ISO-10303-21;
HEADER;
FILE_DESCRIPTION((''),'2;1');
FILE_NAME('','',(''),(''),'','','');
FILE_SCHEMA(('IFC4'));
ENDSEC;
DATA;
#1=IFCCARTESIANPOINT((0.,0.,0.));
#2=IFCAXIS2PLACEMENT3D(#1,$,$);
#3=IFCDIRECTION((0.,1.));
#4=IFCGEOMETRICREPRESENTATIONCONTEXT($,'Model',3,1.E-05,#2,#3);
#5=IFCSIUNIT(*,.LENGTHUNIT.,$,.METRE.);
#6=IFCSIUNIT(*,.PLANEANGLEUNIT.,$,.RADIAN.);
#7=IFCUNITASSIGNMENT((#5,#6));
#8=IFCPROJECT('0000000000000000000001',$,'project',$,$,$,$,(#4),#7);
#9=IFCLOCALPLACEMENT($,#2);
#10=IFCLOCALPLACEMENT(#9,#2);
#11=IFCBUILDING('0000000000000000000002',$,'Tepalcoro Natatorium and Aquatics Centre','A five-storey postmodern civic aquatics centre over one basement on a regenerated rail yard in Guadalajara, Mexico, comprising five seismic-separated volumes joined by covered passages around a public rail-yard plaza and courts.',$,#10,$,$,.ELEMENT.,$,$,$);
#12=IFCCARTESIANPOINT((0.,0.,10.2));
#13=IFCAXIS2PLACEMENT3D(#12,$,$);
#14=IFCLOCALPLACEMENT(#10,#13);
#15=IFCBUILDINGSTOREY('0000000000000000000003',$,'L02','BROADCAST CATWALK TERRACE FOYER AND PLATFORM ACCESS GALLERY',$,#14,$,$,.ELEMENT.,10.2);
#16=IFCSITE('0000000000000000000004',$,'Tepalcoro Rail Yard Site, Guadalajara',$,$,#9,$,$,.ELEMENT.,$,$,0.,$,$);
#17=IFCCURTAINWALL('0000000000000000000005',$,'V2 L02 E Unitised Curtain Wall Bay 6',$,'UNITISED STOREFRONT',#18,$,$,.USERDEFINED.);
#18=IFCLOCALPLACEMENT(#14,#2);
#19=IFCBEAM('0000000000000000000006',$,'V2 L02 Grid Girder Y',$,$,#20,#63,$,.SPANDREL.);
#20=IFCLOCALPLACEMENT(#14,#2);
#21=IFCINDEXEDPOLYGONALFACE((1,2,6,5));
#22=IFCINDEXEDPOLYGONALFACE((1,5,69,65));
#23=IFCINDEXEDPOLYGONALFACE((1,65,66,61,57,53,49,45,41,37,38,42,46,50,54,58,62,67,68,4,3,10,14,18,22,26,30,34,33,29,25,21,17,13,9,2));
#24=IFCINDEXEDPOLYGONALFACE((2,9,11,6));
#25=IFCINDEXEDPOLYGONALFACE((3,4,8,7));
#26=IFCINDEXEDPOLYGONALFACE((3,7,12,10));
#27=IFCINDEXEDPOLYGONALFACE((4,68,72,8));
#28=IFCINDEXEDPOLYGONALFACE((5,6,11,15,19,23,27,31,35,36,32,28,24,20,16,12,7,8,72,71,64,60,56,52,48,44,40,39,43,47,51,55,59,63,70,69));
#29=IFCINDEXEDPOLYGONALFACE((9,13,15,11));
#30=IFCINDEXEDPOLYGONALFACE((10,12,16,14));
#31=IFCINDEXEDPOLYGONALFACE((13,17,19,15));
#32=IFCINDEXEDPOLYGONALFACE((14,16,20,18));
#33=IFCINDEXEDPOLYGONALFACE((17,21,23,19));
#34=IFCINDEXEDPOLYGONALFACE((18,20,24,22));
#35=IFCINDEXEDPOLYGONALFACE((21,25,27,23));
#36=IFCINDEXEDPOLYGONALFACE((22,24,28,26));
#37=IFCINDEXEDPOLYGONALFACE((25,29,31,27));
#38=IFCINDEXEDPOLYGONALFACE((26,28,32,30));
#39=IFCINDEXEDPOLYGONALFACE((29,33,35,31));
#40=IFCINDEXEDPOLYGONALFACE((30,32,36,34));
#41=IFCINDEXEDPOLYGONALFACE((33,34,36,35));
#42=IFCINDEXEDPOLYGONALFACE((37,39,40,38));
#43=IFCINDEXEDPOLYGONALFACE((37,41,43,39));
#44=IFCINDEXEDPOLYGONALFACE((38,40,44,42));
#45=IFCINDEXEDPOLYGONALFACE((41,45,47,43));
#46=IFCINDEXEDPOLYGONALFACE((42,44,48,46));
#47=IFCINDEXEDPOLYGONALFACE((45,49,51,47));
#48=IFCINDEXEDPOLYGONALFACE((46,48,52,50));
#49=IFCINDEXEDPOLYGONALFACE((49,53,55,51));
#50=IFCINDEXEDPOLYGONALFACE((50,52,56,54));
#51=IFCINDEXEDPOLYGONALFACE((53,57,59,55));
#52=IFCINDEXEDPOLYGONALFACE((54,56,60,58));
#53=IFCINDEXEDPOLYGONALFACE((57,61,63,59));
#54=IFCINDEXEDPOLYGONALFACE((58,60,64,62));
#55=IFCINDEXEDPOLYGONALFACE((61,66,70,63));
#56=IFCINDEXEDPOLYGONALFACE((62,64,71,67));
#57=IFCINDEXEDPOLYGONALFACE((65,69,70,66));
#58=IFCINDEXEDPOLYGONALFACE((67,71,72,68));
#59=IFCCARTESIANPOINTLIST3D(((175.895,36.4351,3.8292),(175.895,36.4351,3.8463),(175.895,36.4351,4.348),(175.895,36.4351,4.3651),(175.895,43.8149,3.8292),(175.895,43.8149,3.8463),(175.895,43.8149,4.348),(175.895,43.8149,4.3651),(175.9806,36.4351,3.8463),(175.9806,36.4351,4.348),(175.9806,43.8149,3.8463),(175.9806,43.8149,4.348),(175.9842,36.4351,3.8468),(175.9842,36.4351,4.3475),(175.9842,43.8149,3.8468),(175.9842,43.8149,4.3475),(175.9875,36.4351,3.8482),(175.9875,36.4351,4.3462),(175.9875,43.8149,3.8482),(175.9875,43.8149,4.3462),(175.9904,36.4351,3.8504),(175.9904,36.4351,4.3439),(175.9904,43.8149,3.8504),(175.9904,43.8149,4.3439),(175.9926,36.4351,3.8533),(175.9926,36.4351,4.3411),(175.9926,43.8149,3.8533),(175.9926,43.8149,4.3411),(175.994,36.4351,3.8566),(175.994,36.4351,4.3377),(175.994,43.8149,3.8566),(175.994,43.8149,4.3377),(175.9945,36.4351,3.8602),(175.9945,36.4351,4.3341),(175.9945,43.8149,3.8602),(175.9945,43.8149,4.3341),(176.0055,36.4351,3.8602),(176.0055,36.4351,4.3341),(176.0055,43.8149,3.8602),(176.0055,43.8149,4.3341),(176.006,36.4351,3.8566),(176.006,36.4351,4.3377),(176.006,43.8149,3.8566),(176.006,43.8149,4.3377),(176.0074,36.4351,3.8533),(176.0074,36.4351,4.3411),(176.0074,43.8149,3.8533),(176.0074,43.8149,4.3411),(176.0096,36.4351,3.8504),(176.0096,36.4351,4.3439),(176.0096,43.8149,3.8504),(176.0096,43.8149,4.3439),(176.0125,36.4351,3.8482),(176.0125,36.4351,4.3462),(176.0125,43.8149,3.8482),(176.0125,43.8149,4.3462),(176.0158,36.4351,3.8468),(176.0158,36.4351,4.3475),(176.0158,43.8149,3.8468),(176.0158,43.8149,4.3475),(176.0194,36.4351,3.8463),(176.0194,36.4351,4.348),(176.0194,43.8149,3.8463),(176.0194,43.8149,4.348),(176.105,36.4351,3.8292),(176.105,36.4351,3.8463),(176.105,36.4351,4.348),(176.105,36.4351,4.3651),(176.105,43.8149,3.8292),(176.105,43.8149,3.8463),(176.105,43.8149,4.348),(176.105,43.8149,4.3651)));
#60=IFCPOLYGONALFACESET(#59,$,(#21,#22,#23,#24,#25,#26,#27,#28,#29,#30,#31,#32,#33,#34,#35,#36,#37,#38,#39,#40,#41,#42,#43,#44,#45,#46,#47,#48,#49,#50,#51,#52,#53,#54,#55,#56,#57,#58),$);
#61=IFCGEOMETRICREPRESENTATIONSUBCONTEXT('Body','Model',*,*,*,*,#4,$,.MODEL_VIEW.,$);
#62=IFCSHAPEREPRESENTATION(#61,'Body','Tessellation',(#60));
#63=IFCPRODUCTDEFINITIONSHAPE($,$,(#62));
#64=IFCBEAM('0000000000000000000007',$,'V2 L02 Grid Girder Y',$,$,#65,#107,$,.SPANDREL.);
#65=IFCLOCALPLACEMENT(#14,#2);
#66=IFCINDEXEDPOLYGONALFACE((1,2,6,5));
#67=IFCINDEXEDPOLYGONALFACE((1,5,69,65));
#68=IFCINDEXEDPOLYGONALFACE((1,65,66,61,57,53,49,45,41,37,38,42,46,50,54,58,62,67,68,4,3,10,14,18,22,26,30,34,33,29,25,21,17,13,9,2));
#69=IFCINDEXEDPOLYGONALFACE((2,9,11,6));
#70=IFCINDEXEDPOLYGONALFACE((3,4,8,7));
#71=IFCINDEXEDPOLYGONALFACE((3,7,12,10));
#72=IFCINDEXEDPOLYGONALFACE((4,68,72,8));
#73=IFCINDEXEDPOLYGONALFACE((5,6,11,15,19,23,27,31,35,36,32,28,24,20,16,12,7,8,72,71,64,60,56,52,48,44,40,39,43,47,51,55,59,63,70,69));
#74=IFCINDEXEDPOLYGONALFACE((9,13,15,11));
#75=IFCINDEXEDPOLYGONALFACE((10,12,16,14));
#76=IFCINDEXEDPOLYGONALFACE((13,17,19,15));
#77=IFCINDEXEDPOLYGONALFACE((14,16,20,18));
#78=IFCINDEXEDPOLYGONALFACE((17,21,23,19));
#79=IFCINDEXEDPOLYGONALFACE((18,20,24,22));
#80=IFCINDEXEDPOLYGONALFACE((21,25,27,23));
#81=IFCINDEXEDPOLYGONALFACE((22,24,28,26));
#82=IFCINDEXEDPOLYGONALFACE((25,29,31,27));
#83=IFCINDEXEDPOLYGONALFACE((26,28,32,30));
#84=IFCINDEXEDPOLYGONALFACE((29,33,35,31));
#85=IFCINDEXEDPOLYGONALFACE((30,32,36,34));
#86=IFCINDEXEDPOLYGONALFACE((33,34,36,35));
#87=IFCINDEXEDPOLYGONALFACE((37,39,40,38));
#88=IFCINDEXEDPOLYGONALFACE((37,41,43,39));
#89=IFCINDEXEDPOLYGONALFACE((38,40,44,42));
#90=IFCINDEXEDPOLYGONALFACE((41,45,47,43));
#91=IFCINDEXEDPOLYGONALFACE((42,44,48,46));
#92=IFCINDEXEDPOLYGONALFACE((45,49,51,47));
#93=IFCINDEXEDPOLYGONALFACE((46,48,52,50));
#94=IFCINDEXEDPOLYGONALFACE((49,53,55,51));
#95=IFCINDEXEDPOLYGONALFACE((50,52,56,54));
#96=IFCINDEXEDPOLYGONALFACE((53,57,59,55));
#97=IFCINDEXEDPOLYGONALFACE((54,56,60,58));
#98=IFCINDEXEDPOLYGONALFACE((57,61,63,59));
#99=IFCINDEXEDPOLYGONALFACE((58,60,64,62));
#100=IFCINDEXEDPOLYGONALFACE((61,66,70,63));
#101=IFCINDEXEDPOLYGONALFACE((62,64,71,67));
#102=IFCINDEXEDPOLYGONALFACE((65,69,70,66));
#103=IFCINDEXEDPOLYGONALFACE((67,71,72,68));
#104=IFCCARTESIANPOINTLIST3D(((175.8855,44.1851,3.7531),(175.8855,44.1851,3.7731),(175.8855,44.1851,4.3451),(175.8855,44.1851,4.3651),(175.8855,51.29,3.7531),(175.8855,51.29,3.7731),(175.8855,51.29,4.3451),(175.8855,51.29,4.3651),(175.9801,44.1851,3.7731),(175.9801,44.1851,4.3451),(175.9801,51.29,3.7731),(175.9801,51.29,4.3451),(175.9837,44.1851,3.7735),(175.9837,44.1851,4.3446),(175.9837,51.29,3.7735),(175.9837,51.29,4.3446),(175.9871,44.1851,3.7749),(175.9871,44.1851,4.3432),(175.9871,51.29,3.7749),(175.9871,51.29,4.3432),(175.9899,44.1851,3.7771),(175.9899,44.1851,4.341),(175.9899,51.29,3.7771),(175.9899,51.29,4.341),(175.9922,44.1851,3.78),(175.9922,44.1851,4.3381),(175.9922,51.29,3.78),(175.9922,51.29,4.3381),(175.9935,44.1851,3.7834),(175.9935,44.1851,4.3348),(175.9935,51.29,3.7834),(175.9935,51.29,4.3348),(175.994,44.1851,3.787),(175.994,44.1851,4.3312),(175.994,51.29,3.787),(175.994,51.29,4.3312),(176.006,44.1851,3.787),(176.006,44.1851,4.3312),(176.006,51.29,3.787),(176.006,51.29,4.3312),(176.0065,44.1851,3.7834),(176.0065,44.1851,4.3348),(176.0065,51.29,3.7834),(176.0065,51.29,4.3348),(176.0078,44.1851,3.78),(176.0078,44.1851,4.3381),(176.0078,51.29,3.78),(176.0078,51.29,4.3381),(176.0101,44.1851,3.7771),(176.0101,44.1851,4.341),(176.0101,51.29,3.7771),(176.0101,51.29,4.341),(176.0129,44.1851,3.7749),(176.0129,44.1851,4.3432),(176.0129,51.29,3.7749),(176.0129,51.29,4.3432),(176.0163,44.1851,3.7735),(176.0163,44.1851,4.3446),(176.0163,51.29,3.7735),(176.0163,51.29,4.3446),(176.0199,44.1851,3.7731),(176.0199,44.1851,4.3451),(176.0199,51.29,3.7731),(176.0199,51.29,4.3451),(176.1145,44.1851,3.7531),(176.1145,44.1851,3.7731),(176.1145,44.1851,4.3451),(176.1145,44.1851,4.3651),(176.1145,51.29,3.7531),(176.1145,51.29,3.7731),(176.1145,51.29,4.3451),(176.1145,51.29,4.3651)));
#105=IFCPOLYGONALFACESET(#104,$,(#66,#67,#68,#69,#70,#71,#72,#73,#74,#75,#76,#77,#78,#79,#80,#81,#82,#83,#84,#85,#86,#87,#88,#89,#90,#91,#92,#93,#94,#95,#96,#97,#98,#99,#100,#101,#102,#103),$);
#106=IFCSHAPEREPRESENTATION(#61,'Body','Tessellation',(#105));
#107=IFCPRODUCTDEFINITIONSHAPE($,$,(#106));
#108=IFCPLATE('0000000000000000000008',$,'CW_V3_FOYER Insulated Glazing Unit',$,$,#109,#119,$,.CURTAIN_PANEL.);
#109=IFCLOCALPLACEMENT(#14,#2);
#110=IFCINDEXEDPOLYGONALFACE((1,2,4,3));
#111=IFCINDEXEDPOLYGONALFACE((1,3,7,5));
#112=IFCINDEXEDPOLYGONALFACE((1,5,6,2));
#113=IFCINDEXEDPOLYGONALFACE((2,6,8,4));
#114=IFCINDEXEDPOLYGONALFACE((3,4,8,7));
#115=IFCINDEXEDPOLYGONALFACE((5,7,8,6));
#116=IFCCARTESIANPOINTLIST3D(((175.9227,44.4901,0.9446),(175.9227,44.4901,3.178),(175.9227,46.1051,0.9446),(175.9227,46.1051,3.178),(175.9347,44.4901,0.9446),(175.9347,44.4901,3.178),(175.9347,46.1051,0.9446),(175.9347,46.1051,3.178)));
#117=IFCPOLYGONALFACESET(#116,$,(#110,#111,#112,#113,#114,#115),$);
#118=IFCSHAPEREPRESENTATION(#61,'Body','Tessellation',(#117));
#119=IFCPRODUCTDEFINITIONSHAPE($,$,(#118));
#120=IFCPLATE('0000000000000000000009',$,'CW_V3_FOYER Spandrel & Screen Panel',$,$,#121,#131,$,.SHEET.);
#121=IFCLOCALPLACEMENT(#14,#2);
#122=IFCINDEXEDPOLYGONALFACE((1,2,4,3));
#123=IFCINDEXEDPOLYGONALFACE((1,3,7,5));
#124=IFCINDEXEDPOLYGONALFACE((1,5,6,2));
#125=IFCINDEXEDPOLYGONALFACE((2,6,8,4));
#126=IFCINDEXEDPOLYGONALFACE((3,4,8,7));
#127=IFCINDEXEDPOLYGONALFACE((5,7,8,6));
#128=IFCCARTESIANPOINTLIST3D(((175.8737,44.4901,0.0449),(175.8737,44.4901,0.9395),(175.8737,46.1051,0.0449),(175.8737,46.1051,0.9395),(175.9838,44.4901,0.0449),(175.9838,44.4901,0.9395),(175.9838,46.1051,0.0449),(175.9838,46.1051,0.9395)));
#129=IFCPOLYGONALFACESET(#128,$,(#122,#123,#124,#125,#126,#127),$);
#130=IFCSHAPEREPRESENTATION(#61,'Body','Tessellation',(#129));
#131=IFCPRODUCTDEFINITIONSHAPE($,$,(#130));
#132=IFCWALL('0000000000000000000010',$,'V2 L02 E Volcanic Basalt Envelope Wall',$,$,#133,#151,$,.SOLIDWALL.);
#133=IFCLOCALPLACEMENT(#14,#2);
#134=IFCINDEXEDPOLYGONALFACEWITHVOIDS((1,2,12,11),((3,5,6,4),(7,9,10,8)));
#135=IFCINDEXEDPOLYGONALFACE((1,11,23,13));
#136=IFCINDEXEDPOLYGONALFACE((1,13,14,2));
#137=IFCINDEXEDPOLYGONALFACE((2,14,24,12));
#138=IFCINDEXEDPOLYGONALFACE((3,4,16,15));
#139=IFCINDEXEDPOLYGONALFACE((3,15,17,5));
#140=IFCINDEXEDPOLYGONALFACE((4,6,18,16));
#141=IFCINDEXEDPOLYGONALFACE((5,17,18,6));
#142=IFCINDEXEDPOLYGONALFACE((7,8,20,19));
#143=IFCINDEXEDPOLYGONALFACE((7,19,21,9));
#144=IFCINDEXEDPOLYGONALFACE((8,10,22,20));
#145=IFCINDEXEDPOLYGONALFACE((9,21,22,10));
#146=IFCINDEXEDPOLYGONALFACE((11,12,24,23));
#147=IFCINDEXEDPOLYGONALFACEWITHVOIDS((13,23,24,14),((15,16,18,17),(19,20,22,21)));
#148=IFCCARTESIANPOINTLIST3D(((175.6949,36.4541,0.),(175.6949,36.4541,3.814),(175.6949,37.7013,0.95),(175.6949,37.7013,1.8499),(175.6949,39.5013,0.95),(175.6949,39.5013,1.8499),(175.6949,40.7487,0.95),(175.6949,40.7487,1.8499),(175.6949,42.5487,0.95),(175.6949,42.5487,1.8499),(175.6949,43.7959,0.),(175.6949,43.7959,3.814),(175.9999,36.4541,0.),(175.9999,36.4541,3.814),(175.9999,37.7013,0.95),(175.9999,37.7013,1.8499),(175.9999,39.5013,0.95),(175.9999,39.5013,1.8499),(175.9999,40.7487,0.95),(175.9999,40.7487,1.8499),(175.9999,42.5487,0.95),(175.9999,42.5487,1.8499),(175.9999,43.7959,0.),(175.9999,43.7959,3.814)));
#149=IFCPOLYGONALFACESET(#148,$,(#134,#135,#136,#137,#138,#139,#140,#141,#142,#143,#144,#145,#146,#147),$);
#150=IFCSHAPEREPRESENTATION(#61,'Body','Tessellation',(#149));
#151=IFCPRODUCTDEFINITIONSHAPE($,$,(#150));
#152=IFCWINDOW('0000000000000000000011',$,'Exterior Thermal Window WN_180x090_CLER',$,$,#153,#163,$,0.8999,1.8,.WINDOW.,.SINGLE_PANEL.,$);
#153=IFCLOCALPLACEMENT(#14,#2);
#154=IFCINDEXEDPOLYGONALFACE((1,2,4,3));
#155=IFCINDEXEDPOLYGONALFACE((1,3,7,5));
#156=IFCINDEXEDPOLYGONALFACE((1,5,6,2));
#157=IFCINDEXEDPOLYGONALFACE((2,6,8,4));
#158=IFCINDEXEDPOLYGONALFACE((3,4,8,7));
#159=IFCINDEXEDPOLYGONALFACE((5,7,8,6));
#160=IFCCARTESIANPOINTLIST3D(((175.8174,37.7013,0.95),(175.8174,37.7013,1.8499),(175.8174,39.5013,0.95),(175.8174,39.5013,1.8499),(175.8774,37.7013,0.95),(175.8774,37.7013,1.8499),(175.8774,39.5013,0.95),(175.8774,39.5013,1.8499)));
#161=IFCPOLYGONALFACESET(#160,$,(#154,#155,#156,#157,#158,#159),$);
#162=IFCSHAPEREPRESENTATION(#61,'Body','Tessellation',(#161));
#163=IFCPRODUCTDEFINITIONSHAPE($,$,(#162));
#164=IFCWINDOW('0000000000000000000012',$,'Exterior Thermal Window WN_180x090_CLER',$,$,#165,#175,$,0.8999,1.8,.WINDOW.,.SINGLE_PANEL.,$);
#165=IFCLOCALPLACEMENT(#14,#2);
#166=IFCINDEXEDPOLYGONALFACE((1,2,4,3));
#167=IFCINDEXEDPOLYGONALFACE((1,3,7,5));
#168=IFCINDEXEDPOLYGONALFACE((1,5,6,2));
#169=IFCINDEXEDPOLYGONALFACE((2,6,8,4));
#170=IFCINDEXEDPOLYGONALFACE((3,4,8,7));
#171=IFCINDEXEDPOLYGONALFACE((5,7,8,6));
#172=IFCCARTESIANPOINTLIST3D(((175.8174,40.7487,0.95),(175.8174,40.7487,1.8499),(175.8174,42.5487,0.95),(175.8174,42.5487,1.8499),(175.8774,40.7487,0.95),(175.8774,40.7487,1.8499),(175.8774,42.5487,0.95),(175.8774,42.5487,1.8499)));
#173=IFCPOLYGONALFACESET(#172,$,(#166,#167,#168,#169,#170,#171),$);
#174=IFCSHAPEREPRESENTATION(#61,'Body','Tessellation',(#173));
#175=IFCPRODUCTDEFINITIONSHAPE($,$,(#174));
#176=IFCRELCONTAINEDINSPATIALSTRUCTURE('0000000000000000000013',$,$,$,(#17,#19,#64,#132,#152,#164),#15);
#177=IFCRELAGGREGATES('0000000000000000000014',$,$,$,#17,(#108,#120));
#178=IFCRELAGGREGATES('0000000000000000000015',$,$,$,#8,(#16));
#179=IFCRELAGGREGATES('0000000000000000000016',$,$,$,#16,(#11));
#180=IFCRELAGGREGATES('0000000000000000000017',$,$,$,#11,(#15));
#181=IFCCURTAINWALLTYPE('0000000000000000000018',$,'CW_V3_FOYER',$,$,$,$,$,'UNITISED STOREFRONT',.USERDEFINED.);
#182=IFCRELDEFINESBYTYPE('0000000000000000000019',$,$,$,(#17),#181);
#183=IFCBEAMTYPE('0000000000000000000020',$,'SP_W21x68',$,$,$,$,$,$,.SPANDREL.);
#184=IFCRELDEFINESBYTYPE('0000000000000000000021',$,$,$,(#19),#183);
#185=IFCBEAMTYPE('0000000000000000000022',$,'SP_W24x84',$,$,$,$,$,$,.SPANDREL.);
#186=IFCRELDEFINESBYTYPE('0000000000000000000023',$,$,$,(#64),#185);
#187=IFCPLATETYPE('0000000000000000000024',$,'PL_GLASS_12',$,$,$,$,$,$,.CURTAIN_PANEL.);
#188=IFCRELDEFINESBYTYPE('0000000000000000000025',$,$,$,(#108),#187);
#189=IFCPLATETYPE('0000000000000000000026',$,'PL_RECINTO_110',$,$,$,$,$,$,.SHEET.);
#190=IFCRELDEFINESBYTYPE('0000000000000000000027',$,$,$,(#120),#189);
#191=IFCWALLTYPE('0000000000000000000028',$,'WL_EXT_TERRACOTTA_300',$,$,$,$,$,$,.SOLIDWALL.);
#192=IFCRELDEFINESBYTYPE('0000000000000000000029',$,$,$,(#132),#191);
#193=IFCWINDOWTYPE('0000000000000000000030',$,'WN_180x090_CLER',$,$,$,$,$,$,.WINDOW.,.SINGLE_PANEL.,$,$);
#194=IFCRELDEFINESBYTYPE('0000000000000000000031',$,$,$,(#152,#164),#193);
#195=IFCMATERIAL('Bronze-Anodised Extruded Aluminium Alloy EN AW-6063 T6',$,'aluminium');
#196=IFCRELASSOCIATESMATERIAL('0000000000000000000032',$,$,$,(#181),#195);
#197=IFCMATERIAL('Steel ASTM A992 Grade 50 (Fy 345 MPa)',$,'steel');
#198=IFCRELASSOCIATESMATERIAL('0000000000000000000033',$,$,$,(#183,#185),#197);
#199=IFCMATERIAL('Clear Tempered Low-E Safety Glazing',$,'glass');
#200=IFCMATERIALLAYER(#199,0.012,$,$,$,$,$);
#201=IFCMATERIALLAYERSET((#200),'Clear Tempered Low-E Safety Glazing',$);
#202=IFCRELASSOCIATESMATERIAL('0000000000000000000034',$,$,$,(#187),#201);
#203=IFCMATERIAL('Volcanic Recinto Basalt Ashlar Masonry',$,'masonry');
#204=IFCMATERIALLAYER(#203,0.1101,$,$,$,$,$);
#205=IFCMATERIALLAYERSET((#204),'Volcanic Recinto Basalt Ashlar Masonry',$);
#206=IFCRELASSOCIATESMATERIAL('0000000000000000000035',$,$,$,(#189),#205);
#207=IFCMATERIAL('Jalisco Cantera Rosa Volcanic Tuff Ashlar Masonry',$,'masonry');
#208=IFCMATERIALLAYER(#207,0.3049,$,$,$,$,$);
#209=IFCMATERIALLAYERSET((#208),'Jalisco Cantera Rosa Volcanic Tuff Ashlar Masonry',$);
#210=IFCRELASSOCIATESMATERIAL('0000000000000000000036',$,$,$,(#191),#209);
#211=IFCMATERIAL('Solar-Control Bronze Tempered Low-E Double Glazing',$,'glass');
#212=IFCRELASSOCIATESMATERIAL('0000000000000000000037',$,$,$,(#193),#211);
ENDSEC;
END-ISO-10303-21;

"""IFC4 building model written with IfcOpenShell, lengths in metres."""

from ifc_helpers import new_model, si_unit, direction, frame, frame_2d, origin, origin_2d, place, context, subcontext, project, spatial, rectangle, i_section, extrude, material, layer, layer_set, material_profile, profile_set, type_object, element, fill, aggregate, save


model = new_model("IFC4")

# Units and contexts
model_context = context("Model", 3, precision=1e-05, world=origin(), true_north=direction((0.0, 1.0)))
body_context = subcontext(model_context, "Body", "Model", "MODEL_VIEW")
ifc_project = project(units=[si_unit("LENGTHUNIT", "METRE"), si_unit("PLANEANGLEUNIT", "RADIAN")], contexts=[model_context])

# Site, building, storey
site_placement = place(None, origin())
site = spatial("IfcSite", under=ifc_project, at=site_placement, Name="Tepalcoro Rail Yard Site, Guadalajara", CompositionType="ELEMENT", RefElevation=0.0)
building_placement = place(site_placement, origin())
building = spatial("IfcBuilding", under=site, at=building_placement, Name="Tepalcoro Natatorium and Aquatics Centre", Description="A five-storey postmodern civic aquatics centre over one basement on a regenerated rail yard in Guadalajara, Mexico, comprising five seismic-separated volumes joined by covered passages around a public rail-yard plaza and courts.", CompositionType="ELEMENT")
storey_placement = place(building_placement, frame((0.0, 0.0, 10.2)))
storey = spatial("IfcBuildingStorey", under=building, at=storey_placement, Name="L02", Description="BROADCAST CATWALK TERRACE FOYER AND PLATFORM ACCESS GALLERY", CompositionType="ELEMENT", Elevation=10.2)

# Shared definitions
ifc_material_1 = material(Name="Steel ASTM A992 Grade 50 (Fy 345 MPa)", Category="steel")

# Curtain wall
ifc_material_2 = material(Name="Bronze-Anodised Extruded Aluminium Alloy EN AW-6063 T6", Category="aluminium")
curtain_wall_type = type_object("IfcCurtainWallType", Name="CW_V3_FOYER", ElementType="UNITISED STOREFRONT", PredefinedType="USERDEFINED", material=ifc_material_2)
curtain_wall_placement = place(storey_placement, origin())
curtain_wall = element("IfcCurtainWall", 1, at=curtain_wall_placement, inside=storey, type_object=curtain_wall_type, Name="V2 L02 E Unitised Curtain Wall Bay 6", ObjectType="UNITISED STOREFRONT", PredefinedType="USERDEFINED")

# Beams
ifc_material_profile_1 = material_profile(ifc_material_1, i_section(OverallWidth=0.21, OverallDepth=0.5359, WebThickness=0.011, FlangeThickness=0.0171, FilletRadius=0.0139, at=origin_2d()), Name="W21X68")
ifc_profile_set_1 = profile_set([ifc_material_profile_1], Name="Steel ASTM A992 Grade 50 (Fy 345 MPa)")
beam_type_1 = type_object("IfcBeamType", Name="SP_W21x68", PredefinedType="SPANDREL", material=ifc_profile_set_1)
beam_1_placement = place(storey_placement, frame((176.0, 36.4351, 4.0972), z_axis=(0.0, 1.0, 0.0), x_axis=(-1.0, 0.0, 0.0)))
element("IfcBeam", 2, at=beam_1_placement, inside=storey, type_object=beam_type_1, Name="V2 L02 Grid Girder Y", PredefinedType="SPANDREL", context=body_context, shape_type="SweptSolid", body=[
    extrude(i_section(OverallWidth=0.21, OverallDepth=0.5359, WebThickness=0.011, FlangeThickness=0.0171, FilletRadius=0.0139, at=origin_2d()), origin(), (0.0, 0.0, 1.0), 7.3799),
])
ifc_material_profile_2 = material_profile(ifc_material_1, i_section(OverallWidth=0.229, OverallDepth=0.6121, WebThickness=0.012, FlangeThickness=0.02, FilletRadius=0.0139, at=origin_2d()), Name="W24X84")
ifc_profile_set_2 = profile_set([ifc_material_profile_2], Name="Steel ASTM A992 Grade 50 (Fy 345 MPa)")
beam_type_2 = type_object("IfcBeamType", Name="SP_W24x84", PredefinedType="SPANDREL", material=ifc_profile_set_2)
beam_2_placement = place(storey_placement, frame((176.0, 44.1851, 4.0591), z_axis=(0.0, 1.0, 0.0), x_axis=(-1.0, 0.0, 0.0)))
element("IfcBeam", 3, at=beam_2_placement, inside=storey, type_object=beam_type_2, Name="V2 L02 Grid Girder Y", PredefinedType="SPANDREL", context=body_context, shape_type="SweptSolid", body=[
    extrude(i_section(OverallWidth=0.229, OverallDepth=0.6121, WebThickness=0.012, FlangeThickness=0.02, FilletRadius=0.0139, at=origin_2d()), origin(), (0.0, 0.0, 1.0), 7.105),
])

# Plates
ifc_material_3 = material(Name="Clear Tempered Low-E Safety Glazing", Category="glass")
ifc_layer_1 = layer(ifc_material_3, 0.012)
ifc_layer_set_1 = layer_set([ifc_layer_1], Name="Clear Tempered Low-E Safety Glazing")
plate_type_1 = type_object("IfcPlateType", Name="PL_GLASS_12", PredefinedType="CURTAIN_PANEL", material=ifc_layer_set_1)
plate_1_placement = place(storey_placement, frame((175.9287, 45.2976, 0.9446), z_axis=(0.0, 0.0, 1.0), x_axis=(1.0, 0.0, 0.0)))
plate_1 = element("IfcPlate", 4, at=plate_1_placement, type_object=plate_type_1, Name="CW_V3_FOYER Insulated Glazing Unit", PredefinedType="CURTAIN_PANEL", context=body_context, shape_type="SweptSolid", body=[
    extrude(rectangle(XDim=0.012, YDim=1.615, at=origin_2d()), origin(), (0.0, 0.0, 1.0), 2.2334),
])
ifc_material_4 = material(Name="Volcanic Recinto Basalt Ashlar Masonry", Category="masonry")
ifc_layer_2 = layer(ifc_material_4, 0.1101)
ifc_layer_set_2 = layer_set([ifc_layer_2], Name="Volcanic Recinto Basalt Ashlar Masonry")
plate_type_2 = type_object("IfcPlateType", Name="PL_RECINTO_110", PredefinedType="SHEET", material=ifc_layer_set_2)
plate_2_placement = place(storey_placement, frame((175.9287, 45.2976, 0.0449), z_axis=(0.0, 0.0, 1.0), x_axis=(1.0, 0.0, 0.0)))
plate_2 = element("IfcPlate", 5, at=plate_2_placement, type_object=plate_type_2, Name="CW_V3_FOYER Spandrel & Screen Panel", PredefinedType="SHEET", context=body_context, shape_type="SweptSolid", body=[
    extrude(rectangle(XDim=0.1101, YDim=1.615, at=origin_2d()), origin(), (0.0, 0.0, 1.0), 0.8945),
])
aggregate(curtain_wall, [plate_1, plate_2])

# Wall, openings, windows
ifc_material_5 = material(Name="Jalisco Cantera Rosa Volcanic Tuff Ashlar Masonry", Category="masonry")
ifc_layer_3 = layer(ifc_material_5, 0.3049)
ifc_layer_set_3 = layer_set([ifc_layer_3], Name="Jalisco Cantera Rosa Volcanic Tuff Ashlar Masonry")
wall_type = type_object("IfcWallType", Name="WL_EXT_TERRACOTTA_300", PredefinedType="SOLIDWALL", material=ifc_layer_set_3)
wall_placement = place(storey_placement, frame((175.8474, 36.4541, 0.0), z_axis=(0.0, 0.0, 1.0), x_axis=(0.0, 1.0, 0.0)))
wall = element("IfcWall", 6, at=wall_placement, inside=storey, type_object=wall_type, Name="V2 L02 E Volcanic Basalt Envelope Wall", PredefinedType="SOLIDWALL", context=body_context, shape_type="SweptSolid", body=[
    extrude(rectangle(XDim=7.3418, YDim=0.3049, at=frame_2d((3.6709, 0.0))), origin(), (0.0, 0.0, 1.0), 3.814),
])
opening_1_placement = place(wall_placement, frame((1.2473, 0.0, 0.95)))
opening_1 = element("IfcOpeningElement", 7, at=opening_1_placement, cuts=wall, PredefinedType="OPENING", context=body_context, shape_type="SweptSolid", body=[
    extrude(rectangle(XDim=1.8, YDim=0.8999, at=frame_2d((0.8999, 0.45))), frame((0.0, 0.1646, 0.0), z_axis=(0.0, -1.0, 0.0), x_axis=(1.0, 0.0, 0.0)), (0.0, 0.0, 1.0), 0.3289),
])
opening_2_placement = place(wall_placement, frame((4.2947, 0.0, 0.95)))
opening_2 = element("IfcOpeningElement", 8, at=opening_2_placement, cuts=wall, PredefinedType="OPENING", context=body_context, shape_type="SweptSolid", body=[
    extrude(rectangle(XDim=1.8, YDim=0.8999, at=frame_2d((0.8999, 0.45))), frame((0.0, 0.1646, 0.0), z_axis=(0.0, -1.0, 0.0), x_axis=(1.0, 0.0, 0.0)), (0.0, 0.0, 1.0), 0.3289),
])
ifc_material_6 = material(Name="Solar-Control Bronze Tempered Low-E Double Glazing", Category="glass")
window_type = type_object("IfcWindowType", Name="WN_180x090_CLER", PartitioningType="SINGLE_PANEL", PredefinedType="WINDOW", material=ifc_material_6)
window_1_placement = place(opening_1_placement, origin())
window_1 = element("IfcWindow", 9, at=window_1_placement, inside=storey, type_object=window_type, Name="Exterior Thermal Window WN_180x090_CLER", OverallHeight=0.8999, OverallWidth=1.8, PartitioningType="SINGLE_PANEL", PredefinedType="WINDOW", context=body_context, shape_type="SweptSolid", body=[
    extrude(rectangle(XDim=1.8, YDim=0.8999, at=frame_2d((0.8999, 0.45))), frame((0.0, 0.03, 0.0), z_axis=(0.0, -1.0, 0.0), x_axis=(1.0, 0.0, 0.0)), (0.0, 0.0, 1.0), 0.0601),
])
fill(opening_1, window_1)
window_2_placement = place(opening_2_placement, origin())
window_2 = element("IfcWindow", 10, at=window_2_placement, inside=storey, type_object=window_type, Name="Exterior Thermal Window WN_180x090_CLER", OverallHeight=0.8999, OverallWidth=1.8, PartitioningType="SINGLE_PANEL", PredefinedType="WINDOW", context=body_context, shape_type="SweptSolid", body=[
    extrude(rectangle(XDim=1.8, YDim=0.8999, at=frame_2d((0.8999, 0.45))), frame((0.0, 0.03, 0.0), z_axis=(0.0, -1.0, 0.0), x_axis=(1.0, 0.0, 0.0)), (0.0, 0.0, 1.0), 0.0601),
])
fill(opening_2, window_2)

save(model, "model.ifc")
